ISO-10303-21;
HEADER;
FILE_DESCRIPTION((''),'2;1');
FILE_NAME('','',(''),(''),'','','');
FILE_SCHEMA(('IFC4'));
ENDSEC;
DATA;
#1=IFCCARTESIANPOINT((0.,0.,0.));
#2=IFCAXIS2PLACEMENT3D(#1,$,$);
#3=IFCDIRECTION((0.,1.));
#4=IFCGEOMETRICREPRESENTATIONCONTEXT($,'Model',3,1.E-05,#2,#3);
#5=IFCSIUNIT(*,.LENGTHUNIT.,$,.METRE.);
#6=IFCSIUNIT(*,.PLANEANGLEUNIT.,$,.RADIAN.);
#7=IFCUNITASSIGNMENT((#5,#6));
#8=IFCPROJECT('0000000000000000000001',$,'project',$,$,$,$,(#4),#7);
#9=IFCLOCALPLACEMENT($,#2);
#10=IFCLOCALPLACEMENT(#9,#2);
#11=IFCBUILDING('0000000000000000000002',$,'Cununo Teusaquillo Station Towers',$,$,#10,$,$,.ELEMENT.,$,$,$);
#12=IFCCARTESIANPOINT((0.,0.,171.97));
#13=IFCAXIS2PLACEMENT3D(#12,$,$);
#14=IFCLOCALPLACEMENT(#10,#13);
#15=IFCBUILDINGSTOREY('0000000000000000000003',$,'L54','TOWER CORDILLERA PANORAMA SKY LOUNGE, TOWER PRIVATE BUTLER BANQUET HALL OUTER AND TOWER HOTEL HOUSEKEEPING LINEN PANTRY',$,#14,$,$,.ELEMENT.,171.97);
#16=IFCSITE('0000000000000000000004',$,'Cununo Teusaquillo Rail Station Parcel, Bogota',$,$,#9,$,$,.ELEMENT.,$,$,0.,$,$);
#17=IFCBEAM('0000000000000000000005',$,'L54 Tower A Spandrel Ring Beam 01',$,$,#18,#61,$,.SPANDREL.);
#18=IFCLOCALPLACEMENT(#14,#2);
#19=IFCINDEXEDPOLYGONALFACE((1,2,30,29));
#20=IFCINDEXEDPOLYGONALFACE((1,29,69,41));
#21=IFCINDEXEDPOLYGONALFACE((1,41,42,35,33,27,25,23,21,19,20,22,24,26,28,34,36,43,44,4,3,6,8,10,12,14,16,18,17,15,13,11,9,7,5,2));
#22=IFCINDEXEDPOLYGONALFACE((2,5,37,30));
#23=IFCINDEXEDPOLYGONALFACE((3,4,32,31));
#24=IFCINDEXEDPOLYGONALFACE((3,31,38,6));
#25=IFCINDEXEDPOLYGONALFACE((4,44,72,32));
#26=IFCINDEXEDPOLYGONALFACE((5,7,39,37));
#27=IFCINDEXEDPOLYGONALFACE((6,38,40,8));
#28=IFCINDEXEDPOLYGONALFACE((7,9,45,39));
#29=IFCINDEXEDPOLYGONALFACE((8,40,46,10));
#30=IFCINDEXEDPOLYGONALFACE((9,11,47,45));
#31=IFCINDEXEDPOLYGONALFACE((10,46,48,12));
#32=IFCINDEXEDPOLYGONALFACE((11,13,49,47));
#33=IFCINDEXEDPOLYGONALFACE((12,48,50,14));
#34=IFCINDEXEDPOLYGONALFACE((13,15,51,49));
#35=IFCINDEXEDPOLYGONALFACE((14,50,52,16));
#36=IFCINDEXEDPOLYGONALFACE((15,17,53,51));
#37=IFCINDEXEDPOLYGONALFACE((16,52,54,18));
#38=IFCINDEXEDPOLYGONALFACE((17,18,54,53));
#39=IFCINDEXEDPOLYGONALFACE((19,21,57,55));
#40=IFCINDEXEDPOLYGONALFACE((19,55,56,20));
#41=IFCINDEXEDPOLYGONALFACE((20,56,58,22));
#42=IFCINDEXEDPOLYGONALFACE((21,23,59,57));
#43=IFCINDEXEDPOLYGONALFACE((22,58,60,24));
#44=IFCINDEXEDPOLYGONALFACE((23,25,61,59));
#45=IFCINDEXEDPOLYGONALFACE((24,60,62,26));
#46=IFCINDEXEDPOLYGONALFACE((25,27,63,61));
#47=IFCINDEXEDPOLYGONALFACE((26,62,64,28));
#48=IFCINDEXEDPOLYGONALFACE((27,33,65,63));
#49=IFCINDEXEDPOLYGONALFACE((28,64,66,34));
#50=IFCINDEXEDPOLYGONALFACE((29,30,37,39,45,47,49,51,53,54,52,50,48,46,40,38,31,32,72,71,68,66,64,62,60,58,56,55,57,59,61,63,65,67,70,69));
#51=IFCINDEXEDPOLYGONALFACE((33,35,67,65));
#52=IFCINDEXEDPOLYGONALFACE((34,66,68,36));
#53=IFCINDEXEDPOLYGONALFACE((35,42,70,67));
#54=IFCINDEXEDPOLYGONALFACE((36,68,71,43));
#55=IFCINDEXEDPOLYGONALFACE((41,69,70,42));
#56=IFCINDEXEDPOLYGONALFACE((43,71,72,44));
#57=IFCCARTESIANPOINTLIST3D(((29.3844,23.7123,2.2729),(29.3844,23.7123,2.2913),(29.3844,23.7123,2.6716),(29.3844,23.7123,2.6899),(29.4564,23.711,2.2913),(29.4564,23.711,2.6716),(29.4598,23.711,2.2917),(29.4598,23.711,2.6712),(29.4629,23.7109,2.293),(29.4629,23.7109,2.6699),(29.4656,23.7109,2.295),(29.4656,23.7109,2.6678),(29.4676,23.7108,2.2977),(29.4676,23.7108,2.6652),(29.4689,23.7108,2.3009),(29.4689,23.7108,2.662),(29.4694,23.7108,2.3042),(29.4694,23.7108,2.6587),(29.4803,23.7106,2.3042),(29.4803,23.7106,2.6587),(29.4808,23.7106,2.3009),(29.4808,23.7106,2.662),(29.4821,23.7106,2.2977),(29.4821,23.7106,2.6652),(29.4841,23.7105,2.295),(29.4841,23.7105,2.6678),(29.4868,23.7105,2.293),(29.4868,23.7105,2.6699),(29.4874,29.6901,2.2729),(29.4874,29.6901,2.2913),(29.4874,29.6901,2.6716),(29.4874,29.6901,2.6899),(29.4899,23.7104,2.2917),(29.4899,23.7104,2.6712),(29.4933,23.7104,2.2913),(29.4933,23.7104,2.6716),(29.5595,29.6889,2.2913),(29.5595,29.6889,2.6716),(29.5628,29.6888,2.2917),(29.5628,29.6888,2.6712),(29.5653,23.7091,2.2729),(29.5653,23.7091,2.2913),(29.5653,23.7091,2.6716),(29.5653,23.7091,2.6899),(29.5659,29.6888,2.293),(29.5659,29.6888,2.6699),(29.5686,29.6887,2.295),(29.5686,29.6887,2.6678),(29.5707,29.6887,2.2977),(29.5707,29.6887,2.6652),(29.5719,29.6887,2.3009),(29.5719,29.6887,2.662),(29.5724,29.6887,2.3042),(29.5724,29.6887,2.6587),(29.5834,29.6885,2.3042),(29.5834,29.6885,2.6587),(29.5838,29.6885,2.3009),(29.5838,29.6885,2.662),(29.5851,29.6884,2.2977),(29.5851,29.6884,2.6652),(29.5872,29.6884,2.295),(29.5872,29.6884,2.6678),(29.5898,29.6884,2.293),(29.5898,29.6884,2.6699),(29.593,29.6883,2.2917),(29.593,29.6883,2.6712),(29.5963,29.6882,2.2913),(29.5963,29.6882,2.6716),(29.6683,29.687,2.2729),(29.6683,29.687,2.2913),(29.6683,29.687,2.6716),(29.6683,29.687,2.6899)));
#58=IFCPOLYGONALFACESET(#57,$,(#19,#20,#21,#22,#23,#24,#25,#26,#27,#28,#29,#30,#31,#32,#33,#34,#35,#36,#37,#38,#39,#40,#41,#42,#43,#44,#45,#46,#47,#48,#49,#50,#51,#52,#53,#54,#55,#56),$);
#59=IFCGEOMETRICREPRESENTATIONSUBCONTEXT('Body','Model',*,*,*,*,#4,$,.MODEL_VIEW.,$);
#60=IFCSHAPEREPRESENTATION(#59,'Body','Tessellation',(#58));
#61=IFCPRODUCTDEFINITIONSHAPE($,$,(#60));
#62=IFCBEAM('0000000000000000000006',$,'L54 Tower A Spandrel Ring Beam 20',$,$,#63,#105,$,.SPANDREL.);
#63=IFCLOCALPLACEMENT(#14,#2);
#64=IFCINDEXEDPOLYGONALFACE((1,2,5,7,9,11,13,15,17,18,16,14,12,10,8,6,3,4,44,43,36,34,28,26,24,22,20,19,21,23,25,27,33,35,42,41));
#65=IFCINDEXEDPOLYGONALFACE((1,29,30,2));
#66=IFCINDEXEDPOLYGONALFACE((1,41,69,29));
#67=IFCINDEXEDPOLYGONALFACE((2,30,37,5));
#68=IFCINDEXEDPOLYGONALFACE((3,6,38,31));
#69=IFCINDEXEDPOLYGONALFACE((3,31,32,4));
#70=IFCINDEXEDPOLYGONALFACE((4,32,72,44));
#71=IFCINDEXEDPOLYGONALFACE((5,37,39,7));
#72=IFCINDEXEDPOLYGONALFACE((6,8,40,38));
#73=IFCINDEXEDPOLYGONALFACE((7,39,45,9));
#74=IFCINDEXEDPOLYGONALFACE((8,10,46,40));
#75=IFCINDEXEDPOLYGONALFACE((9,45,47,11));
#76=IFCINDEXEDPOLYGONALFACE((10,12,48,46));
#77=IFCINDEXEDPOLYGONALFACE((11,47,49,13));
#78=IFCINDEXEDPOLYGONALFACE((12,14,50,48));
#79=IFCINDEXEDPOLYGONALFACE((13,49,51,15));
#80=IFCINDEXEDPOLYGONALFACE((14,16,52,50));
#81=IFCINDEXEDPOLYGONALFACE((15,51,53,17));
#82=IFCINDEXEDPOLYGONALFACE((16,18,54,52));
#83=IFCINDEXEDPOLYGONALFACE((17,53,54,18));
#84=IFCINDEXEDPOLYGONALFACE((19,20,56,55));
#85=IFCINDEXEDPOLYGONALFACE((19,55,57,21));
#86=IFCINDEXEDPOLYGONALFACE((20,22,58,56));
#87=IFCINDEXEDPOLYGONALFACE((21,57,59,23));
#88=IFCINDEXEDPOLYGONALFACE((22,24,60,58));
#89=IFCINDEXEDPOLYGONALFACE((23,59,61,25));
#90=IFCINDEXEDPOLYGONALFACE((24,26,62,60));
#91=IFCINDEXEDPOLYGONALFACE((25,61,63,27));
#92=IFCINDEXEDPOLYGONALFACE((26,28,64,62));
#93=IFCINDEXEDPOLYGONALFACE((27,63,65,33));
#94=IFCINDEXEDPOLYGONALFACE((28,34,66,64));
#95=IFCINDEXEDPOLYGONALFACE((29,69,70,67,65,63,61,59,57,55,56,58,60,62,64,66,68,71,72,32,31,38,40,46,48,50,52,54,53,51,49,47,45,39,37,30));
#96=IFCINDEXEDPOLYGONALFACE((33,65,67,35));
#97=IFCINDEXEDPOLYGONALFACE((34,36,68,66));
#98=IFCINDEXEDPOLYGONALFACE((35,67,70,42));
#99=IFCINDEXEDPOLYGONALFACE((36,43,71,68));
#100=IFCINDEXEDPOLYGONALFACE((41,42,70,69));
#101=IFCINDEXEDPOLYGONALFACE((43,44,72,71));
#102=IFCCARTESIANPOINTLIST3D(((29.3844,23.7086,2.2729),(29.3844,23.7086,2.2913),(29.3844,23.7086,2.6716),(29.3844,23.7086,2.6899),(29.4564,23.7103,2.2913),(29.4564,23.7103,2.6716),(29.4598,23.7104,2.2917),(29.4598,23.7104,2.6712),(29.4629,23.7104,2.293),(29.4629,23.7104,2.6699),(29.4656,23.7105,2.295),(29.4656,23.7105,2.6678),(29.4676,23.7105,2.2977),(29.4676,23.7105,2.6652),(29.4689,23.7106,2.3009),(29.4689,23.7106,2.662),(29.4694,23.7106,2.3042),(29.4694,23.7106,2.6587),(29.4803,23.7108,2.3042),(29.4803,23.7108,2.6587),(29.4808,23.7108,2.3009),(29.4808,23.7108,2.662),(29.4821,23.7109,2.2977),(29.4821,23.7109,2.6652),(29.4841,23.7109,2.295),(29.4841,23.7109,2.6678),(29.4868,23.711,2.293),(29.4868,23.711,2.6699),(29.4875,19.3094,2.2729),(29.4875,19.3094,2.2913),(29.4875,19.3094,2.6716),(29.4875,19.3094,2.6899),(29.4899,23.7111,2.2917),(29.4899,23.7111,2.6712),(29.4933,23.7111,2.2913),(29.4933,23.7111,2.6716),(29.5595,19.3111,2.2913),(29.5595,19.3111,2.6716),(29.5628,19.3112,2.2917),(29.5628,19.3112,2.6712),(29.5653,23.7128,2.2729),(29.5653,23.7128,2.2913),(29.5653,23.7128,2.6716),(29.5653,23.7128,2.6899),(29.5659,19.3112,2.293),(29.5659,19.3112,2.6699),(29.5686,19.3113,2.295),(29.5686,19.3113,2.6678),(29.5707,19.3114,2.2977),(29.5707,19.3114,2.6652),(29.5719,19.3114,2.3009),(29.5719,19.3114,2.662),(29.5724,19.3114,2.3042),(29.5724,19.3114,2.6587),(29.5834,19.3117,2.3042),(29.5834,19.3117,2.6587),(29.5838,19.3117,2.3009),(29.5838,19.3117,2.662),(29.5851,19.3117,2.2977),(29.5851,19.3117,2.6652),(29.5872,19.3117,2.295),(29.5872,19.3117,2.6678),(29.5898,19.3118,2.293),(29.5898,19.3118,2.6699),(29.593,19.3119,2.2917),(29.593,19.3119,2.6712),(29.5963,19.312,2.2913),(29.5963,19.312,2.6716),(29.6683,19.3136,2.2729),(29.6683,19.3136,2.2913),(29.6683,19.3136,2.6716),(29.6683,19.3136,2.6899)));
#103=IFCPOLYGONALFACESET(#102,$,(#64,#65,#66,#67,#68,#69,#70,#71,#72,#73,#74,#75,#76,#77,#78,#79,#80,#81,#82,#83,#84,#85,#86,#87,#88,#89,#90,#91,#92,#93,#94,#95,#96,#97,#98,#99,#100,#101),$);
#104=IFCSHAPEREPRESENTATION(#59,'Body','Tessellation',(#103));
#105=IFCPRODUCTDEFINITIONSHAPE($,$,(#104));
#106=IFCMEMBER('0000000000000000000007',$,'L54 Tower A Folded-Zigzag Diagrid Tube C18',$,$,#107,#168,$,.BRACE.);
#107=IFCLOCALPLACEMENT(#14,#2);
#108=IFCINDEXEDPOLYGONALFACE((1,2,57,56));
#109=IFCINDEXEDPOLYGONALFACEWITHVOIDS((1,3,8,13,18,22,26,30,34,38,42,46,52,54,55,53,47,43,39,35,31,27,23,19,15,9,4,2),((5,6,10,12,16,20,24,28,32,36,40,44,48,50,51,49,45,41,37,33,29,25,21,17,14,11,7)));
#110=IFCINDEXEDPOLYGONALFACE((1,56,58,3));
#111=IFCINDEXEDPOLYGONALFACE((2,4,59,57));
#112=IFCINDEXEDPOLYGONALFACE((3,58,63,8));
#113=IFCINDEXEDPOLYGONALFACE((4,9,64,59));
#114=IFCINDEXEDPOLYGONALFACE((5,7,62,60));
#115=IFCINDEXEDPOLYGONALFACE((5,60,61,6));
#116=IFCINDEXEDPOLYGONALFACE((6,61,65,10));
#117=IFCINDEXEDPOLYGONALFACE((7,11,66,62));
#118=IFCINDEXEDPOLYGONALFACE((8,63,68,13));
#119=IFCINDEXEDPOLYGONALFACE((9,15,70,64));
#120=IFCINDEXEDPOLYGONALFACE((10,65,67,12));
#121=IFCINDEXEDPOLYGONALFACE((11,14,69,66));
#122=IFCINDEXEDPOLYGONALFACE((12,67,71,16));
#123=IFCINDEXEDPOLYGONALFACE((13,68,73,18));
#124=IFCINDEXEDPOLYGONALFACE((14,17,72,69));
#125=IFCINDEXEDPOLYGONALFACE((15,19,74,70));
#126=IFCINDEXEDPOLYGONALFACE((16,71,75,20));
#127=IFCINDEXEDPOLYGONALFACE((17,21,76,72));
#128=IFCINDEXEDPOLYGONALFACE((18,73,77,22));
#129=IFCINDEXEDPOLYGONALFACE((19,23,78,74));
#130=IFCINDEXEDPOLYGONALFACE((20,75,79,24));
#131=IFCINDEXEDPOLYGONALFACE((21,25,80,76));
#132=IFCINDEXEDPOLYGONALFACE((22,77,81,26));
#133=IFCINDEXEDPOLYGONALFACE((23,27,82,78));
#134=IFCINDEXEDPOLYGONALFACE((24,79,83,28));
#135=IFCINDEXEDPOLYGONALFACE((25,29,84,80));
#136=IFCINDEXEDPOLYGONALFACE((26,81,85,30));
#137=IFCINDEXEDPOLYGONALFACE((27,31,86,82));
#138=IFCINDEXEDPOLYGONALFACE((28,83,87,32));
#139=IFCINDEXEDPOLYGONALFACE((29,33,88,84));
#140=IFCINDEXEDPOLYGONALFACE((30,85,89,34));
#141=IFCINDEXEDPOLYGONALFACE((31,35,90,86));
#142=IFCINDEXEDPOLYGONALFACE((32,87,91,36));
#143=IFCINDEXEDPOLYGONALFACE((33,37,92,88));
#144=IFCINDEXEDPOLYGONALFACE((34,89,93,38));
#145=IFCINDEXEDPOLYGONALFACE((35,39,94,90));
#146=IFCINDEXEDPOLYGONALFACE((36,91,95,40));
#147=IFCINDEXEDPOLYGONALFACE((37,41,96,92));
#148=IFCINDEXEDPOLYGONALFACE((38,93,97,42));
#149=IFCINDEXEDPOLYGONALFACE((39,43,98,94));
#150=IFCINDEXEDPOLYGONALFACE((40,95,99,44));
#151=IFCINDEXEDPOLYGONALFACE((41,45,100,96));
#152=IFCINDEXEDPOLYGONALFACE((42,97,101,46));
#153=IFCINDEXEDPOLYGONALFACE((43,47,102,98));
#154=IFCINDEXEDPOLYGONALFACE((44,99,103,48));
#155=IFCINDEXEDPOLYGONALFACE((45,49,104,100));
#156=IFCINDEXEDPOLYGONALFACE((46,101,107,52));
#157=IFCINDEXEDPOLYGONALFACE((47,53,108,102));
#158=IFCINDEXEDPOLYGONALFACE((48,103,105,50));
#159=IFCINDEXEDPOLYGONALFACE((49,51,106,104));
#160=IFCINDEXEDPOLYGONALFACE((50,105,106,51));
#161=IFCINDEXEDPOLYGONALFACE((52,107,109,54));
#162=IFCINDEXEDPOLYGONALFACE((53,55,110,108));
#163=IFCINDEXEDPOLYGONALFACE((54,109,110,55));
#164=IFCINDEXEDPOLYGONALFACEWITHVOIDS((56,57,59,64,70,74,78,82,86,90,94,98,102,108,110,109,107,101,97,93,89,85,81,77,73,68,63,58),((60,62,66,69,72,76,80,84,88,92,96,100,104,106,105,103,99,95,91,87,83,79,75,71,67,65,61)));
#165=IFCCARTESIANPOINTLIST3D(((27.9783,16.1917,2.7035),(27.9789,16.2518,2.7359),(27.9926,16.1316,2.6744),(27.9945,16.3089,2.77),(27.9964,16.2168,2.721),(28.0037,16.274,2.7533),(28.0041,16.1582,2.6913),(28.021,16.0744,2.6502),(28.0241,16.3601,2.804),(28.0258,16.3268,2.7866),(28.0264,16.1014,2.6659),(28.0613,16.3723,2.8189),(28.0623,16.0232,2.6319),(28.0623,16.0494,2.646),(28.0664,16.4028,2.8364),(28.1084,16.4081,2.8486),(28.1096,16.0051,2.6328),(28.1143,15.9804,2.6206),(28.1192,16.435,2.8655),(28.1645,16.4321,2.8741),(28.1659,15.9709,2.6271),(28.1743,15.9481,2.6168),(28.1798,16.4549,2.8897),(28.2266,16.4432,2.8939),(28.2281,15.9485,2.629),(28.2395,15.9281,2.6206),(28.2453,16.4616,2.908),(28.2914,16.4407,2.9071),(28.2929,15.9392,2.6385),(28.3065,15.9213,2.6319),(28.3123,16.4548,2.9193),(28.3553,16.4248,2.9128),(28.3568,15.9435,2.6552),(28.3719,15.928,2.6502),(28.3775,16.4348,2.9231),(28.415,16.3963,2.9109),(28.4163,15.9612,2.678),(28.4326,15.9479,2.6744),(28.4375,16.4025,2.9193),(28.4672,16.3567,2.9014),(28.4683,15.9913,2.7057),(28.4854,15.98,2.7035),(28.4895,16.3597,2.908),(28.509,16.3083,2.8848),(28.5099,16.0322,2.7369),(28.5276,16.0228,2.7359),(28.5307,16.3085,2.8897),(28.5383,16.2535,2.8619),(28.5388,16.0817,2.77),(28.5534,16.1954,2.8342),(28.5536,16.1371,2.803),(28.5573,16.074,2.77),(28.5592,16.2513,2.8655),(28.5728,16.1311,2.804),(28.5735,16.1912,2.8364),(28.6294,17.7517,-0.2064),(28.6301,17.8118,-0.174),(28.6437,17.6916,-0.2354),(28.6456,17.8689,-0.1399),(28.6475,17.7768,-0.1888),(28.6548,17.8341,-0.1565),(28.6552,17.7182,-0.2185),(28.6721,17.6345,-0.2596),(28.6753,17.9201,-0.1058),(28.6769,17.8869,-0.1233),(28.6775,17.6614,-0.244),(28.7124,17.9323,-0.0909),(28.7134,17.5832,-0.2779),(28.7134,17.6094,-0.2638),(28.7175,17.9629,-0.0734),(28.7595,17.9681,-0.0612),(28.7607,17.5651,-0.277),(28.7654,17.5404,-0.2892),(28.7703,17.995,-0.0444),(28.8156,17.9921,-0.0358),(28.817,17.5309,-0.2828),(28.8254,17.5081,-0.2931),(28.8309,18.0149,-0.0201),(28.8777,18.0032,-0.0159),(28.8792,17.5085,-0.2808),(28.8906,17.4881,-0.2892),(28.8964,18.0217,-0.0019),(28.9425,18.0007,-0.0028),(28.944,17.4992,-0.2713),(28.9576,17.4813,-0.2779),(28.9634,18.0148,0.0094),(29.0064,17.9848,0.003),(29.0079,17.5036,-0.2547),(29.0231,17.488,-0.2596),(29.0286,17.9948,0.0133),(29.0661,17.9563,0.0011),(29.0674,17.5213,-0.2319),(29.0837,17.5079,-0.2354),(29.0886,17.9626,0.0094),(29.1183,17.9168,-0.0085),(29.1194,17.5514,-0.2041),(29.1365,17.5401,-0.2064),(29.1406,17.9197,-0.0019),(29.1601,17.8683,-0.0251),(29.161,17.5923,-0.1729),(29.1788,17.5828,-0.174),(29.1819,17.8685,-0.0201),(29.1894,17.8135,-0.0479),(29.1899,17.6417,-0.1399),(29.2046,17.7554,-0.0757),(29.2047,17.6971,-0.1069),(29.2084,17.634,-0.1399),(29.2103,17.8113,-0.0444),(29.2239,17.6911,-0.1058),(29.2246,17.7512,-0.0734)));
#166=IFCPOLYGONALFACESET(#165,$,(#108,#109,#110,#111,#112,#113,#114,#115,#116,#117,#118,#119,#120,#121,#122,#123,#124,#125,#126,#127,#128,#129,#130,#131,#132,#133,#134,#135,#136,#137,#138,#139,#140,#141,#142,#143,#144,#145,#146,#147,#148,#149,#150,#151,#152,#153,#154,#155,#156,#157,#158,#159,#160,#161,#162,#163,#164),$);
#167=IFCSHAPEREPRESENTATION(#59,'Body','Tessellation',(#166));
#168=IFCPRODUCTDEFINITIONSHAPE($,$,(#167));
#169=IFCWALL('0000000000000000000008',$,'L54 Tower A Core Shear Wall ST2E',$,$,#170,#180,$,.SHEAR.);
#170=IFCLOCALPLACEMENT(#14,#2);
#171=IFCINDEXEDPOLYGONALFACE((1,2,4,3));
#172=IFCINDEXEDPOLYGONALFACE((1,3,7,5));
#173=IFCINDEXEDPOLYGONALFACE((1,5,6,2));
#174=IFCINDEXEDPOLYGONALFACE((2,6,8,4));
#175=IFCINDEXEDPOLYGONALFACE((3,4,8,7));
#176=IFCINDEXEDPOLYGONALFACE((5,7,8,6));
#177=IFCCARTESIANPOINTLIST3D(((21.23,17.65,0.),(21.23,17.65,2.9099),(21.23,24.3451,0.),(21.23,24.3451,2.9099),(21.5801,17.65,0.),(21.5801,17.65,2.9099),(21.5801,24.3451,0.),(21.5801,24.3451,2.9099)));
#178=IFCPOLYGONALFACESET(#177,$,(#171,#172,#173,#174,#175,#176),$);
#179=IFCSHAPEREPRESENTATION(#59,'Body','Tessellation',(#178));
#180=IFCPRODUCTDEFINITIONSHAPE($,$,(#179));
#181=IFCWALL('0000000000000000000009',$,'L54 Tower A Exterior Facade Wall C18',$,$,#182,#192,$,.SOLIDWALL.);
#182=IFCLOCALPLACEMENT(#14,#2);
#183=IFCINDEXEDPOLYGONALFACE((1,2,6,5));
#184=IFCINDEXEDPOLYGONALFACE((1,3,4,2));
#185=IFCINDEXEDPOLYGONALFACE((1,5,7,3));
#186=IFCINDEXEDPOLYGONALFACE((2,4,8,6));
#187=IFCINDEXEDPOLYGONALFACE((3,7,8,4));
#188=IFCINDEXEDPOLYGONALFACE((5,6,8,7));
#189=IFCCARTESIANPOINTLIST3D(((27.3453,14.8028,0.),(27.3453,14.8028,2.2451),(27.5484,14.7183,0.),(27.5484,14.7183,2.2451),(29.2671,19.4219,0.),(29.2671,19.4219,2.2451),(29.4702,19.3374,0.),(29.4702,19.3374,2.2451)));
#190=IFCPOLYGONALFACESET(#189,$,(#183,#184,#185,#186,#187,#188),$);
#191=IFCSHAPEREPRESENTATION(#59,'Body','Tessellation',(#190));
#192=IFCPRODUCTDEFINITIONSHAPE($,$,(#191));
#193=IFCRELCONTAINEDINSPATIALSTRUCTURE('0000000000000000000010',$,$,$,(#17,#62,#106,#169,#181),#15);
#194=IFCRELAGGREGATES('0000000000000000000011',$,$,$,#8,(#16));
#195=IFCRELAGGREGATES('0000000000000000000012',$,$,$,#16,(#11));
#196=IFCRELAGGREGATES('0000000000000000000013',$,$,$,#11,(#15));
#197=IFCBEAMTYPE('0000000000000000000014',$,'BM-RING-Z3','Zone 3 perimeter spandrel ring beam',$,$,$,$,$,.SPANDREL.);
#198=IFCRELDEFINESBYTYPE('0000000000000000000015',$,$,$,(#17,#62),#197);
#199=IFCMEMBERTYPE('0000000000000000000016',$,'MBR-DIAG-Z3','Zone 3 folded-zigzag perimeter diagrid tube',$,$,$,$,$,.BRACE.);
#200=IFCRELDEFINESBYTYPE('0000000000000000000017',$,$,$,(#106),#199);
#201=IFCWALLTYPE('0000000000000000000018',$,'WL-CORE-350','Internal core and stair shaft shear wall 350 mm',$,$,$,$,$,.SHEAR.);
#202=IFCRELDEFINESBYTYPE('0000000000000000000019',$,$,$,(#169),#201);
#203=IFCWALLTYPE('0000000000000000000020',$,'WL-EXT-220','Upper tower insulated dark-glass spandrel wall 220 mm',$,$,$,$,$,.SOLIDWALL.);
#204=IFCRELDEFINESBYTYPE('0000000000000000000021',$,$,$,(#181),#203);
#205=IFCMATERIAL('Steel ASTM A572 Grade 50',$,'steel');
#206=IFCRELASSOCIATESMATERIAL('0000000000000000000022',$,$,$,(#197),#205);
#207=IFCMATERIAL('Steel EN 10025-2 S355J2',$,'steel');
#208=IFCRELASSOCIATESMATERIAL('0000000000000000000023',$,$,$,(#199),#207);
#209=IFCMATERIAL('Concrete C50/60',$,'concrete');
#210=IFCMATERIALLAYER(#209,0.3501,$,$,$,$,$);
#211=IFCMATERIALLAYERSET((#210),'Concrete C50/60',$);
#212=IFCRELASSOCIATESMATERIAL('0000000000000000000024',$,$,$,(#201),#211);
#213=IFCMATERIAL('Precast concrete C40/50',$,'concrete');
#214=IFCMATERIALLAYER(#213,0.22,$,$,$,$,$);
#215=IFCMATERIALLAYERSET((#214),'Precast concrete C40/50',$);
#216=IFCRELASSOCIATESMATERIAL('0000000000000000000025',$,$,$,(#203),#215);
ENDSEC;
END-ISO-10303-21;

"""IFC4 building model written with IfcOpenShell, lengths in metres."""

from ifc_helpers import new_model, si_unit, direction, frame, frame_2d, origin, origin_2d, place, context, subcontext, project, spatial, rectangle, hollow_circle, i_section, extrude, material, layer, layer_set, material_profile, profile_set, type_object, element, save


model = new_model("IFC4")

# Units and contexts
model_context = context("Model", 3, precision=1e-05, world=origin(), true_north=direction((0.0, 1.0)))
body_context = subcontext(model_context, "Body", "Model", "MODEL_VIEW")
ifc_project = project(units=[si_unit("LENGTHUNIT", "METRE"), si_unit("PLANEANGLEUNIT", "RADIAN")], contexts=[model_context])

# Site, building, storey
site_placement = place(None, origin())
site = spatial("IfcSite", under=ifc_project, at=site_placement, Name="Cununo Teusaquillo Rail Station Parcel, Bogota", CompositionType="ELEMENT", RefElevation=0.0)
building_placement = place(site_placement, origin())
building = spatial("IfcBuilding", under=site, at=building_placement, Name="Cununo Teusaquillo Station Towers", CompositionType="ELEMENT")
storey_placement = place(building_placement, frame((0.0, 0.0, 171.97)))
storey = spatial("IfcBuildingStorey", under=building, at=storey_placement, Name="L54", Description="TOWER CORDILLERA PANORAMA SKY LOUNGE, TOWER PRIVATE BUTLER BANQUET HALL OUTER AND TOWER HOTEL HOUSEKEEPING LINEN PANTRY", CompositionType="ELEMENT", Elevation=171.97)

# Beams
ifc_material_1 = material(Name="Steel ASTM A572 Grade 50", Category="steel")
ifc_material_profile_1 = material_profile(ifc_material_1, i_section(OverallWidth=0.1809, OverallDepth=0.417, WebThickness=0.011, FlangeThickness=0.0183, FilletRadius=0.0129, at=origin_2d()), Name="W16X57")
ifc_profile_set_1 = profile_set([ifc_material_profile_1], Name="Steel ASTM A572 Grade 50")
beam_type_1 = type_object("IfcBeamType", Name="BM-RING-Z3", Description="Zone 3 perimeter spandrel ring beam", PredefinedType="SPANDREL", material=ifc_profile_set_1)
beam_1_placement = place(storey_placement, frame((29.4749, 23.7107, 2.4814), z_axis=(0.017232, 0.999852, 0.0), x_axis=(-0.999852, 0.017232, 0.0)))
element("IfcBeam", 1, at=beam_1_placement, inside=storey, type_object=beam_type_1, Name="L54 Tower A Spandrel Ring Beam 01", PredefinedType="SPANDREL", context=body_context, shape_type="SweptSolid", body=[
    extrude(i_section(OverallWidth=0.1809, OverallDepth=0.417, WebThickness=0.011, FlangeThickness=0.0183, FilletRadius=0.0129, at=origin_2d()), origin(), (0.0, 0.0, 1.0), 5.9788),
])
beam_2_placement = place(storey_placement, frame((29.5779, 19.3115, 2.4814), z_axis=(-0.023413, 0.999726, 0.0), x_axis=(-0.999726, -0.023413, 0.0)))
element("IfcBeam", 2, at=beam_2_placement, inside=storey, type_object=beam_type_1, Name="L54 Tower A Spandrel Ring Beam 20", PredefinedType="SPANDREL", context=body_context, shape_type="SweptSolid", body=[
    extrude(i_section(OverallWidth=0.1809, OverallDepth=0.417, WebThickness=0.011, FlangeThickness=0.0183, FilletRadius=0.0129, at=origin_2d()), origin(), (0.0, 0.0, 1.0), 4.4004),
])

# Member
ifc_material_2 = material(Name="Steel EN 10025-2 S355J2", Category="steel")
ifc_material_profile_2 = material_profile(ifc_material_2, hollow_circle(Radius=0.3049, WallThickness=0.02, at=origin_2d()), Name="CHS 610x20")
ifc_profile_set_2 = profile_set([ifc_material_profile_2], Name="Steel EN 10025-2 S355J2")
member_type = type_object("IfcMemberType", Name="MBR-DIAG-Z3", Description="Zone 3 folded-zigzag perimeter diagrid tube", PredefinedType="BRACE", material=ifc_profile_set_2)
member_placement = place(storey_placement, frame((28.927, 17.7515, -0.1399), z_axis=(-0.193481, -0.46357, 0.864678), x_axis=(0.922846, -0.385169, 0.0)))
element("IfcMember", 3, at=member_placement, inside=storey, type_object=member_type, Name="L54 Tower A Folded-Zigzag Diagrid Tube C18", PredefinedType="BRACE", context=body_context, shape_type="SweptSolid", body=[
    extrude(hollow_circle(Radius=0.3049, WallThickness=0.02, at=origin_2d()), origin(), (0.0, 0.0, 1.0), 3.3652),
])

# Walls
ifc_material_3 = material(Name="Concrete C50/60", Category="concrete")
ifc_layer_1 = layer(ifc_material_3, 0.3501)
ifc_layer_set_1 = layer_set([ifc_layer_1], Name="Concrete C50/60")
wall_type_1 = type_object("IfcWallType", Name="WL-CORE-350", Description="Internal core and stair shaft shear wall 350 mm", PredefinedType="SHEAR", material=ifc_layer_set_1)
wall_1_placement = place(storey_placement, frame((21.405, 17.6499, 0.0), z_axis=(0.0, 0.0, 1.0), x_axis=(0.0, 1.0, 0.0)))
element("IfcWall", 4, at=wall_1_placement, inside=storey, type_object=wall_type_1, Name="L54 Tower A Core Shear Wall ST2E", PredefinedType="SHEAR", context=body_context, shape_type="SweptSolid", body=[
    extrude(rectangle(XDim=6.6951, YDim=0.3501, at=frame_2d((3.3477, 0.0))), origin(), (0.0, 0.0, 1.0), 2.9099),
])
ifc_material_4 = material(Name="Precast concrete C40/50", Category="concrete")
ifc_layer_2 = layer(ifc_material_4, 0.22)
ifc_layer_set_2 = layer_set([ifc_layer_2], Name="Precast concrete C40/50")
wall_type_2 = type_object("IfcWallType", Name="WL-EXT-220", Description="Upper tower insulated dark-glass spandrel wall 220 mm", PredefinedType="SOLIDWALL", material=ifc_layer_set_2)
wall_2_placement = place(storey_placement, frame((29.3687, 19.3796, 0.0), z_axis=(0.0, 0.0, 1.0), x_axis=(-0.384144, -0.923273, 0.0)))
element("IfcWall", 5, at=wall_2_placement, inside=storey, type_object=wall_type_2, Name="L54 Tower A Exterior Facade Wall C18", PredefinedType="SOLIDWALL", context=body_context, shape_type="SweptSolid", body=[
    extrude(rectangle(XDim=5.0029, YDim=0.22, at=frame_2d((2.5015, 0.0))), origin(), (0.0, 0.0, 1.0), 2.2451),
])

save(model, "model.ifc")
